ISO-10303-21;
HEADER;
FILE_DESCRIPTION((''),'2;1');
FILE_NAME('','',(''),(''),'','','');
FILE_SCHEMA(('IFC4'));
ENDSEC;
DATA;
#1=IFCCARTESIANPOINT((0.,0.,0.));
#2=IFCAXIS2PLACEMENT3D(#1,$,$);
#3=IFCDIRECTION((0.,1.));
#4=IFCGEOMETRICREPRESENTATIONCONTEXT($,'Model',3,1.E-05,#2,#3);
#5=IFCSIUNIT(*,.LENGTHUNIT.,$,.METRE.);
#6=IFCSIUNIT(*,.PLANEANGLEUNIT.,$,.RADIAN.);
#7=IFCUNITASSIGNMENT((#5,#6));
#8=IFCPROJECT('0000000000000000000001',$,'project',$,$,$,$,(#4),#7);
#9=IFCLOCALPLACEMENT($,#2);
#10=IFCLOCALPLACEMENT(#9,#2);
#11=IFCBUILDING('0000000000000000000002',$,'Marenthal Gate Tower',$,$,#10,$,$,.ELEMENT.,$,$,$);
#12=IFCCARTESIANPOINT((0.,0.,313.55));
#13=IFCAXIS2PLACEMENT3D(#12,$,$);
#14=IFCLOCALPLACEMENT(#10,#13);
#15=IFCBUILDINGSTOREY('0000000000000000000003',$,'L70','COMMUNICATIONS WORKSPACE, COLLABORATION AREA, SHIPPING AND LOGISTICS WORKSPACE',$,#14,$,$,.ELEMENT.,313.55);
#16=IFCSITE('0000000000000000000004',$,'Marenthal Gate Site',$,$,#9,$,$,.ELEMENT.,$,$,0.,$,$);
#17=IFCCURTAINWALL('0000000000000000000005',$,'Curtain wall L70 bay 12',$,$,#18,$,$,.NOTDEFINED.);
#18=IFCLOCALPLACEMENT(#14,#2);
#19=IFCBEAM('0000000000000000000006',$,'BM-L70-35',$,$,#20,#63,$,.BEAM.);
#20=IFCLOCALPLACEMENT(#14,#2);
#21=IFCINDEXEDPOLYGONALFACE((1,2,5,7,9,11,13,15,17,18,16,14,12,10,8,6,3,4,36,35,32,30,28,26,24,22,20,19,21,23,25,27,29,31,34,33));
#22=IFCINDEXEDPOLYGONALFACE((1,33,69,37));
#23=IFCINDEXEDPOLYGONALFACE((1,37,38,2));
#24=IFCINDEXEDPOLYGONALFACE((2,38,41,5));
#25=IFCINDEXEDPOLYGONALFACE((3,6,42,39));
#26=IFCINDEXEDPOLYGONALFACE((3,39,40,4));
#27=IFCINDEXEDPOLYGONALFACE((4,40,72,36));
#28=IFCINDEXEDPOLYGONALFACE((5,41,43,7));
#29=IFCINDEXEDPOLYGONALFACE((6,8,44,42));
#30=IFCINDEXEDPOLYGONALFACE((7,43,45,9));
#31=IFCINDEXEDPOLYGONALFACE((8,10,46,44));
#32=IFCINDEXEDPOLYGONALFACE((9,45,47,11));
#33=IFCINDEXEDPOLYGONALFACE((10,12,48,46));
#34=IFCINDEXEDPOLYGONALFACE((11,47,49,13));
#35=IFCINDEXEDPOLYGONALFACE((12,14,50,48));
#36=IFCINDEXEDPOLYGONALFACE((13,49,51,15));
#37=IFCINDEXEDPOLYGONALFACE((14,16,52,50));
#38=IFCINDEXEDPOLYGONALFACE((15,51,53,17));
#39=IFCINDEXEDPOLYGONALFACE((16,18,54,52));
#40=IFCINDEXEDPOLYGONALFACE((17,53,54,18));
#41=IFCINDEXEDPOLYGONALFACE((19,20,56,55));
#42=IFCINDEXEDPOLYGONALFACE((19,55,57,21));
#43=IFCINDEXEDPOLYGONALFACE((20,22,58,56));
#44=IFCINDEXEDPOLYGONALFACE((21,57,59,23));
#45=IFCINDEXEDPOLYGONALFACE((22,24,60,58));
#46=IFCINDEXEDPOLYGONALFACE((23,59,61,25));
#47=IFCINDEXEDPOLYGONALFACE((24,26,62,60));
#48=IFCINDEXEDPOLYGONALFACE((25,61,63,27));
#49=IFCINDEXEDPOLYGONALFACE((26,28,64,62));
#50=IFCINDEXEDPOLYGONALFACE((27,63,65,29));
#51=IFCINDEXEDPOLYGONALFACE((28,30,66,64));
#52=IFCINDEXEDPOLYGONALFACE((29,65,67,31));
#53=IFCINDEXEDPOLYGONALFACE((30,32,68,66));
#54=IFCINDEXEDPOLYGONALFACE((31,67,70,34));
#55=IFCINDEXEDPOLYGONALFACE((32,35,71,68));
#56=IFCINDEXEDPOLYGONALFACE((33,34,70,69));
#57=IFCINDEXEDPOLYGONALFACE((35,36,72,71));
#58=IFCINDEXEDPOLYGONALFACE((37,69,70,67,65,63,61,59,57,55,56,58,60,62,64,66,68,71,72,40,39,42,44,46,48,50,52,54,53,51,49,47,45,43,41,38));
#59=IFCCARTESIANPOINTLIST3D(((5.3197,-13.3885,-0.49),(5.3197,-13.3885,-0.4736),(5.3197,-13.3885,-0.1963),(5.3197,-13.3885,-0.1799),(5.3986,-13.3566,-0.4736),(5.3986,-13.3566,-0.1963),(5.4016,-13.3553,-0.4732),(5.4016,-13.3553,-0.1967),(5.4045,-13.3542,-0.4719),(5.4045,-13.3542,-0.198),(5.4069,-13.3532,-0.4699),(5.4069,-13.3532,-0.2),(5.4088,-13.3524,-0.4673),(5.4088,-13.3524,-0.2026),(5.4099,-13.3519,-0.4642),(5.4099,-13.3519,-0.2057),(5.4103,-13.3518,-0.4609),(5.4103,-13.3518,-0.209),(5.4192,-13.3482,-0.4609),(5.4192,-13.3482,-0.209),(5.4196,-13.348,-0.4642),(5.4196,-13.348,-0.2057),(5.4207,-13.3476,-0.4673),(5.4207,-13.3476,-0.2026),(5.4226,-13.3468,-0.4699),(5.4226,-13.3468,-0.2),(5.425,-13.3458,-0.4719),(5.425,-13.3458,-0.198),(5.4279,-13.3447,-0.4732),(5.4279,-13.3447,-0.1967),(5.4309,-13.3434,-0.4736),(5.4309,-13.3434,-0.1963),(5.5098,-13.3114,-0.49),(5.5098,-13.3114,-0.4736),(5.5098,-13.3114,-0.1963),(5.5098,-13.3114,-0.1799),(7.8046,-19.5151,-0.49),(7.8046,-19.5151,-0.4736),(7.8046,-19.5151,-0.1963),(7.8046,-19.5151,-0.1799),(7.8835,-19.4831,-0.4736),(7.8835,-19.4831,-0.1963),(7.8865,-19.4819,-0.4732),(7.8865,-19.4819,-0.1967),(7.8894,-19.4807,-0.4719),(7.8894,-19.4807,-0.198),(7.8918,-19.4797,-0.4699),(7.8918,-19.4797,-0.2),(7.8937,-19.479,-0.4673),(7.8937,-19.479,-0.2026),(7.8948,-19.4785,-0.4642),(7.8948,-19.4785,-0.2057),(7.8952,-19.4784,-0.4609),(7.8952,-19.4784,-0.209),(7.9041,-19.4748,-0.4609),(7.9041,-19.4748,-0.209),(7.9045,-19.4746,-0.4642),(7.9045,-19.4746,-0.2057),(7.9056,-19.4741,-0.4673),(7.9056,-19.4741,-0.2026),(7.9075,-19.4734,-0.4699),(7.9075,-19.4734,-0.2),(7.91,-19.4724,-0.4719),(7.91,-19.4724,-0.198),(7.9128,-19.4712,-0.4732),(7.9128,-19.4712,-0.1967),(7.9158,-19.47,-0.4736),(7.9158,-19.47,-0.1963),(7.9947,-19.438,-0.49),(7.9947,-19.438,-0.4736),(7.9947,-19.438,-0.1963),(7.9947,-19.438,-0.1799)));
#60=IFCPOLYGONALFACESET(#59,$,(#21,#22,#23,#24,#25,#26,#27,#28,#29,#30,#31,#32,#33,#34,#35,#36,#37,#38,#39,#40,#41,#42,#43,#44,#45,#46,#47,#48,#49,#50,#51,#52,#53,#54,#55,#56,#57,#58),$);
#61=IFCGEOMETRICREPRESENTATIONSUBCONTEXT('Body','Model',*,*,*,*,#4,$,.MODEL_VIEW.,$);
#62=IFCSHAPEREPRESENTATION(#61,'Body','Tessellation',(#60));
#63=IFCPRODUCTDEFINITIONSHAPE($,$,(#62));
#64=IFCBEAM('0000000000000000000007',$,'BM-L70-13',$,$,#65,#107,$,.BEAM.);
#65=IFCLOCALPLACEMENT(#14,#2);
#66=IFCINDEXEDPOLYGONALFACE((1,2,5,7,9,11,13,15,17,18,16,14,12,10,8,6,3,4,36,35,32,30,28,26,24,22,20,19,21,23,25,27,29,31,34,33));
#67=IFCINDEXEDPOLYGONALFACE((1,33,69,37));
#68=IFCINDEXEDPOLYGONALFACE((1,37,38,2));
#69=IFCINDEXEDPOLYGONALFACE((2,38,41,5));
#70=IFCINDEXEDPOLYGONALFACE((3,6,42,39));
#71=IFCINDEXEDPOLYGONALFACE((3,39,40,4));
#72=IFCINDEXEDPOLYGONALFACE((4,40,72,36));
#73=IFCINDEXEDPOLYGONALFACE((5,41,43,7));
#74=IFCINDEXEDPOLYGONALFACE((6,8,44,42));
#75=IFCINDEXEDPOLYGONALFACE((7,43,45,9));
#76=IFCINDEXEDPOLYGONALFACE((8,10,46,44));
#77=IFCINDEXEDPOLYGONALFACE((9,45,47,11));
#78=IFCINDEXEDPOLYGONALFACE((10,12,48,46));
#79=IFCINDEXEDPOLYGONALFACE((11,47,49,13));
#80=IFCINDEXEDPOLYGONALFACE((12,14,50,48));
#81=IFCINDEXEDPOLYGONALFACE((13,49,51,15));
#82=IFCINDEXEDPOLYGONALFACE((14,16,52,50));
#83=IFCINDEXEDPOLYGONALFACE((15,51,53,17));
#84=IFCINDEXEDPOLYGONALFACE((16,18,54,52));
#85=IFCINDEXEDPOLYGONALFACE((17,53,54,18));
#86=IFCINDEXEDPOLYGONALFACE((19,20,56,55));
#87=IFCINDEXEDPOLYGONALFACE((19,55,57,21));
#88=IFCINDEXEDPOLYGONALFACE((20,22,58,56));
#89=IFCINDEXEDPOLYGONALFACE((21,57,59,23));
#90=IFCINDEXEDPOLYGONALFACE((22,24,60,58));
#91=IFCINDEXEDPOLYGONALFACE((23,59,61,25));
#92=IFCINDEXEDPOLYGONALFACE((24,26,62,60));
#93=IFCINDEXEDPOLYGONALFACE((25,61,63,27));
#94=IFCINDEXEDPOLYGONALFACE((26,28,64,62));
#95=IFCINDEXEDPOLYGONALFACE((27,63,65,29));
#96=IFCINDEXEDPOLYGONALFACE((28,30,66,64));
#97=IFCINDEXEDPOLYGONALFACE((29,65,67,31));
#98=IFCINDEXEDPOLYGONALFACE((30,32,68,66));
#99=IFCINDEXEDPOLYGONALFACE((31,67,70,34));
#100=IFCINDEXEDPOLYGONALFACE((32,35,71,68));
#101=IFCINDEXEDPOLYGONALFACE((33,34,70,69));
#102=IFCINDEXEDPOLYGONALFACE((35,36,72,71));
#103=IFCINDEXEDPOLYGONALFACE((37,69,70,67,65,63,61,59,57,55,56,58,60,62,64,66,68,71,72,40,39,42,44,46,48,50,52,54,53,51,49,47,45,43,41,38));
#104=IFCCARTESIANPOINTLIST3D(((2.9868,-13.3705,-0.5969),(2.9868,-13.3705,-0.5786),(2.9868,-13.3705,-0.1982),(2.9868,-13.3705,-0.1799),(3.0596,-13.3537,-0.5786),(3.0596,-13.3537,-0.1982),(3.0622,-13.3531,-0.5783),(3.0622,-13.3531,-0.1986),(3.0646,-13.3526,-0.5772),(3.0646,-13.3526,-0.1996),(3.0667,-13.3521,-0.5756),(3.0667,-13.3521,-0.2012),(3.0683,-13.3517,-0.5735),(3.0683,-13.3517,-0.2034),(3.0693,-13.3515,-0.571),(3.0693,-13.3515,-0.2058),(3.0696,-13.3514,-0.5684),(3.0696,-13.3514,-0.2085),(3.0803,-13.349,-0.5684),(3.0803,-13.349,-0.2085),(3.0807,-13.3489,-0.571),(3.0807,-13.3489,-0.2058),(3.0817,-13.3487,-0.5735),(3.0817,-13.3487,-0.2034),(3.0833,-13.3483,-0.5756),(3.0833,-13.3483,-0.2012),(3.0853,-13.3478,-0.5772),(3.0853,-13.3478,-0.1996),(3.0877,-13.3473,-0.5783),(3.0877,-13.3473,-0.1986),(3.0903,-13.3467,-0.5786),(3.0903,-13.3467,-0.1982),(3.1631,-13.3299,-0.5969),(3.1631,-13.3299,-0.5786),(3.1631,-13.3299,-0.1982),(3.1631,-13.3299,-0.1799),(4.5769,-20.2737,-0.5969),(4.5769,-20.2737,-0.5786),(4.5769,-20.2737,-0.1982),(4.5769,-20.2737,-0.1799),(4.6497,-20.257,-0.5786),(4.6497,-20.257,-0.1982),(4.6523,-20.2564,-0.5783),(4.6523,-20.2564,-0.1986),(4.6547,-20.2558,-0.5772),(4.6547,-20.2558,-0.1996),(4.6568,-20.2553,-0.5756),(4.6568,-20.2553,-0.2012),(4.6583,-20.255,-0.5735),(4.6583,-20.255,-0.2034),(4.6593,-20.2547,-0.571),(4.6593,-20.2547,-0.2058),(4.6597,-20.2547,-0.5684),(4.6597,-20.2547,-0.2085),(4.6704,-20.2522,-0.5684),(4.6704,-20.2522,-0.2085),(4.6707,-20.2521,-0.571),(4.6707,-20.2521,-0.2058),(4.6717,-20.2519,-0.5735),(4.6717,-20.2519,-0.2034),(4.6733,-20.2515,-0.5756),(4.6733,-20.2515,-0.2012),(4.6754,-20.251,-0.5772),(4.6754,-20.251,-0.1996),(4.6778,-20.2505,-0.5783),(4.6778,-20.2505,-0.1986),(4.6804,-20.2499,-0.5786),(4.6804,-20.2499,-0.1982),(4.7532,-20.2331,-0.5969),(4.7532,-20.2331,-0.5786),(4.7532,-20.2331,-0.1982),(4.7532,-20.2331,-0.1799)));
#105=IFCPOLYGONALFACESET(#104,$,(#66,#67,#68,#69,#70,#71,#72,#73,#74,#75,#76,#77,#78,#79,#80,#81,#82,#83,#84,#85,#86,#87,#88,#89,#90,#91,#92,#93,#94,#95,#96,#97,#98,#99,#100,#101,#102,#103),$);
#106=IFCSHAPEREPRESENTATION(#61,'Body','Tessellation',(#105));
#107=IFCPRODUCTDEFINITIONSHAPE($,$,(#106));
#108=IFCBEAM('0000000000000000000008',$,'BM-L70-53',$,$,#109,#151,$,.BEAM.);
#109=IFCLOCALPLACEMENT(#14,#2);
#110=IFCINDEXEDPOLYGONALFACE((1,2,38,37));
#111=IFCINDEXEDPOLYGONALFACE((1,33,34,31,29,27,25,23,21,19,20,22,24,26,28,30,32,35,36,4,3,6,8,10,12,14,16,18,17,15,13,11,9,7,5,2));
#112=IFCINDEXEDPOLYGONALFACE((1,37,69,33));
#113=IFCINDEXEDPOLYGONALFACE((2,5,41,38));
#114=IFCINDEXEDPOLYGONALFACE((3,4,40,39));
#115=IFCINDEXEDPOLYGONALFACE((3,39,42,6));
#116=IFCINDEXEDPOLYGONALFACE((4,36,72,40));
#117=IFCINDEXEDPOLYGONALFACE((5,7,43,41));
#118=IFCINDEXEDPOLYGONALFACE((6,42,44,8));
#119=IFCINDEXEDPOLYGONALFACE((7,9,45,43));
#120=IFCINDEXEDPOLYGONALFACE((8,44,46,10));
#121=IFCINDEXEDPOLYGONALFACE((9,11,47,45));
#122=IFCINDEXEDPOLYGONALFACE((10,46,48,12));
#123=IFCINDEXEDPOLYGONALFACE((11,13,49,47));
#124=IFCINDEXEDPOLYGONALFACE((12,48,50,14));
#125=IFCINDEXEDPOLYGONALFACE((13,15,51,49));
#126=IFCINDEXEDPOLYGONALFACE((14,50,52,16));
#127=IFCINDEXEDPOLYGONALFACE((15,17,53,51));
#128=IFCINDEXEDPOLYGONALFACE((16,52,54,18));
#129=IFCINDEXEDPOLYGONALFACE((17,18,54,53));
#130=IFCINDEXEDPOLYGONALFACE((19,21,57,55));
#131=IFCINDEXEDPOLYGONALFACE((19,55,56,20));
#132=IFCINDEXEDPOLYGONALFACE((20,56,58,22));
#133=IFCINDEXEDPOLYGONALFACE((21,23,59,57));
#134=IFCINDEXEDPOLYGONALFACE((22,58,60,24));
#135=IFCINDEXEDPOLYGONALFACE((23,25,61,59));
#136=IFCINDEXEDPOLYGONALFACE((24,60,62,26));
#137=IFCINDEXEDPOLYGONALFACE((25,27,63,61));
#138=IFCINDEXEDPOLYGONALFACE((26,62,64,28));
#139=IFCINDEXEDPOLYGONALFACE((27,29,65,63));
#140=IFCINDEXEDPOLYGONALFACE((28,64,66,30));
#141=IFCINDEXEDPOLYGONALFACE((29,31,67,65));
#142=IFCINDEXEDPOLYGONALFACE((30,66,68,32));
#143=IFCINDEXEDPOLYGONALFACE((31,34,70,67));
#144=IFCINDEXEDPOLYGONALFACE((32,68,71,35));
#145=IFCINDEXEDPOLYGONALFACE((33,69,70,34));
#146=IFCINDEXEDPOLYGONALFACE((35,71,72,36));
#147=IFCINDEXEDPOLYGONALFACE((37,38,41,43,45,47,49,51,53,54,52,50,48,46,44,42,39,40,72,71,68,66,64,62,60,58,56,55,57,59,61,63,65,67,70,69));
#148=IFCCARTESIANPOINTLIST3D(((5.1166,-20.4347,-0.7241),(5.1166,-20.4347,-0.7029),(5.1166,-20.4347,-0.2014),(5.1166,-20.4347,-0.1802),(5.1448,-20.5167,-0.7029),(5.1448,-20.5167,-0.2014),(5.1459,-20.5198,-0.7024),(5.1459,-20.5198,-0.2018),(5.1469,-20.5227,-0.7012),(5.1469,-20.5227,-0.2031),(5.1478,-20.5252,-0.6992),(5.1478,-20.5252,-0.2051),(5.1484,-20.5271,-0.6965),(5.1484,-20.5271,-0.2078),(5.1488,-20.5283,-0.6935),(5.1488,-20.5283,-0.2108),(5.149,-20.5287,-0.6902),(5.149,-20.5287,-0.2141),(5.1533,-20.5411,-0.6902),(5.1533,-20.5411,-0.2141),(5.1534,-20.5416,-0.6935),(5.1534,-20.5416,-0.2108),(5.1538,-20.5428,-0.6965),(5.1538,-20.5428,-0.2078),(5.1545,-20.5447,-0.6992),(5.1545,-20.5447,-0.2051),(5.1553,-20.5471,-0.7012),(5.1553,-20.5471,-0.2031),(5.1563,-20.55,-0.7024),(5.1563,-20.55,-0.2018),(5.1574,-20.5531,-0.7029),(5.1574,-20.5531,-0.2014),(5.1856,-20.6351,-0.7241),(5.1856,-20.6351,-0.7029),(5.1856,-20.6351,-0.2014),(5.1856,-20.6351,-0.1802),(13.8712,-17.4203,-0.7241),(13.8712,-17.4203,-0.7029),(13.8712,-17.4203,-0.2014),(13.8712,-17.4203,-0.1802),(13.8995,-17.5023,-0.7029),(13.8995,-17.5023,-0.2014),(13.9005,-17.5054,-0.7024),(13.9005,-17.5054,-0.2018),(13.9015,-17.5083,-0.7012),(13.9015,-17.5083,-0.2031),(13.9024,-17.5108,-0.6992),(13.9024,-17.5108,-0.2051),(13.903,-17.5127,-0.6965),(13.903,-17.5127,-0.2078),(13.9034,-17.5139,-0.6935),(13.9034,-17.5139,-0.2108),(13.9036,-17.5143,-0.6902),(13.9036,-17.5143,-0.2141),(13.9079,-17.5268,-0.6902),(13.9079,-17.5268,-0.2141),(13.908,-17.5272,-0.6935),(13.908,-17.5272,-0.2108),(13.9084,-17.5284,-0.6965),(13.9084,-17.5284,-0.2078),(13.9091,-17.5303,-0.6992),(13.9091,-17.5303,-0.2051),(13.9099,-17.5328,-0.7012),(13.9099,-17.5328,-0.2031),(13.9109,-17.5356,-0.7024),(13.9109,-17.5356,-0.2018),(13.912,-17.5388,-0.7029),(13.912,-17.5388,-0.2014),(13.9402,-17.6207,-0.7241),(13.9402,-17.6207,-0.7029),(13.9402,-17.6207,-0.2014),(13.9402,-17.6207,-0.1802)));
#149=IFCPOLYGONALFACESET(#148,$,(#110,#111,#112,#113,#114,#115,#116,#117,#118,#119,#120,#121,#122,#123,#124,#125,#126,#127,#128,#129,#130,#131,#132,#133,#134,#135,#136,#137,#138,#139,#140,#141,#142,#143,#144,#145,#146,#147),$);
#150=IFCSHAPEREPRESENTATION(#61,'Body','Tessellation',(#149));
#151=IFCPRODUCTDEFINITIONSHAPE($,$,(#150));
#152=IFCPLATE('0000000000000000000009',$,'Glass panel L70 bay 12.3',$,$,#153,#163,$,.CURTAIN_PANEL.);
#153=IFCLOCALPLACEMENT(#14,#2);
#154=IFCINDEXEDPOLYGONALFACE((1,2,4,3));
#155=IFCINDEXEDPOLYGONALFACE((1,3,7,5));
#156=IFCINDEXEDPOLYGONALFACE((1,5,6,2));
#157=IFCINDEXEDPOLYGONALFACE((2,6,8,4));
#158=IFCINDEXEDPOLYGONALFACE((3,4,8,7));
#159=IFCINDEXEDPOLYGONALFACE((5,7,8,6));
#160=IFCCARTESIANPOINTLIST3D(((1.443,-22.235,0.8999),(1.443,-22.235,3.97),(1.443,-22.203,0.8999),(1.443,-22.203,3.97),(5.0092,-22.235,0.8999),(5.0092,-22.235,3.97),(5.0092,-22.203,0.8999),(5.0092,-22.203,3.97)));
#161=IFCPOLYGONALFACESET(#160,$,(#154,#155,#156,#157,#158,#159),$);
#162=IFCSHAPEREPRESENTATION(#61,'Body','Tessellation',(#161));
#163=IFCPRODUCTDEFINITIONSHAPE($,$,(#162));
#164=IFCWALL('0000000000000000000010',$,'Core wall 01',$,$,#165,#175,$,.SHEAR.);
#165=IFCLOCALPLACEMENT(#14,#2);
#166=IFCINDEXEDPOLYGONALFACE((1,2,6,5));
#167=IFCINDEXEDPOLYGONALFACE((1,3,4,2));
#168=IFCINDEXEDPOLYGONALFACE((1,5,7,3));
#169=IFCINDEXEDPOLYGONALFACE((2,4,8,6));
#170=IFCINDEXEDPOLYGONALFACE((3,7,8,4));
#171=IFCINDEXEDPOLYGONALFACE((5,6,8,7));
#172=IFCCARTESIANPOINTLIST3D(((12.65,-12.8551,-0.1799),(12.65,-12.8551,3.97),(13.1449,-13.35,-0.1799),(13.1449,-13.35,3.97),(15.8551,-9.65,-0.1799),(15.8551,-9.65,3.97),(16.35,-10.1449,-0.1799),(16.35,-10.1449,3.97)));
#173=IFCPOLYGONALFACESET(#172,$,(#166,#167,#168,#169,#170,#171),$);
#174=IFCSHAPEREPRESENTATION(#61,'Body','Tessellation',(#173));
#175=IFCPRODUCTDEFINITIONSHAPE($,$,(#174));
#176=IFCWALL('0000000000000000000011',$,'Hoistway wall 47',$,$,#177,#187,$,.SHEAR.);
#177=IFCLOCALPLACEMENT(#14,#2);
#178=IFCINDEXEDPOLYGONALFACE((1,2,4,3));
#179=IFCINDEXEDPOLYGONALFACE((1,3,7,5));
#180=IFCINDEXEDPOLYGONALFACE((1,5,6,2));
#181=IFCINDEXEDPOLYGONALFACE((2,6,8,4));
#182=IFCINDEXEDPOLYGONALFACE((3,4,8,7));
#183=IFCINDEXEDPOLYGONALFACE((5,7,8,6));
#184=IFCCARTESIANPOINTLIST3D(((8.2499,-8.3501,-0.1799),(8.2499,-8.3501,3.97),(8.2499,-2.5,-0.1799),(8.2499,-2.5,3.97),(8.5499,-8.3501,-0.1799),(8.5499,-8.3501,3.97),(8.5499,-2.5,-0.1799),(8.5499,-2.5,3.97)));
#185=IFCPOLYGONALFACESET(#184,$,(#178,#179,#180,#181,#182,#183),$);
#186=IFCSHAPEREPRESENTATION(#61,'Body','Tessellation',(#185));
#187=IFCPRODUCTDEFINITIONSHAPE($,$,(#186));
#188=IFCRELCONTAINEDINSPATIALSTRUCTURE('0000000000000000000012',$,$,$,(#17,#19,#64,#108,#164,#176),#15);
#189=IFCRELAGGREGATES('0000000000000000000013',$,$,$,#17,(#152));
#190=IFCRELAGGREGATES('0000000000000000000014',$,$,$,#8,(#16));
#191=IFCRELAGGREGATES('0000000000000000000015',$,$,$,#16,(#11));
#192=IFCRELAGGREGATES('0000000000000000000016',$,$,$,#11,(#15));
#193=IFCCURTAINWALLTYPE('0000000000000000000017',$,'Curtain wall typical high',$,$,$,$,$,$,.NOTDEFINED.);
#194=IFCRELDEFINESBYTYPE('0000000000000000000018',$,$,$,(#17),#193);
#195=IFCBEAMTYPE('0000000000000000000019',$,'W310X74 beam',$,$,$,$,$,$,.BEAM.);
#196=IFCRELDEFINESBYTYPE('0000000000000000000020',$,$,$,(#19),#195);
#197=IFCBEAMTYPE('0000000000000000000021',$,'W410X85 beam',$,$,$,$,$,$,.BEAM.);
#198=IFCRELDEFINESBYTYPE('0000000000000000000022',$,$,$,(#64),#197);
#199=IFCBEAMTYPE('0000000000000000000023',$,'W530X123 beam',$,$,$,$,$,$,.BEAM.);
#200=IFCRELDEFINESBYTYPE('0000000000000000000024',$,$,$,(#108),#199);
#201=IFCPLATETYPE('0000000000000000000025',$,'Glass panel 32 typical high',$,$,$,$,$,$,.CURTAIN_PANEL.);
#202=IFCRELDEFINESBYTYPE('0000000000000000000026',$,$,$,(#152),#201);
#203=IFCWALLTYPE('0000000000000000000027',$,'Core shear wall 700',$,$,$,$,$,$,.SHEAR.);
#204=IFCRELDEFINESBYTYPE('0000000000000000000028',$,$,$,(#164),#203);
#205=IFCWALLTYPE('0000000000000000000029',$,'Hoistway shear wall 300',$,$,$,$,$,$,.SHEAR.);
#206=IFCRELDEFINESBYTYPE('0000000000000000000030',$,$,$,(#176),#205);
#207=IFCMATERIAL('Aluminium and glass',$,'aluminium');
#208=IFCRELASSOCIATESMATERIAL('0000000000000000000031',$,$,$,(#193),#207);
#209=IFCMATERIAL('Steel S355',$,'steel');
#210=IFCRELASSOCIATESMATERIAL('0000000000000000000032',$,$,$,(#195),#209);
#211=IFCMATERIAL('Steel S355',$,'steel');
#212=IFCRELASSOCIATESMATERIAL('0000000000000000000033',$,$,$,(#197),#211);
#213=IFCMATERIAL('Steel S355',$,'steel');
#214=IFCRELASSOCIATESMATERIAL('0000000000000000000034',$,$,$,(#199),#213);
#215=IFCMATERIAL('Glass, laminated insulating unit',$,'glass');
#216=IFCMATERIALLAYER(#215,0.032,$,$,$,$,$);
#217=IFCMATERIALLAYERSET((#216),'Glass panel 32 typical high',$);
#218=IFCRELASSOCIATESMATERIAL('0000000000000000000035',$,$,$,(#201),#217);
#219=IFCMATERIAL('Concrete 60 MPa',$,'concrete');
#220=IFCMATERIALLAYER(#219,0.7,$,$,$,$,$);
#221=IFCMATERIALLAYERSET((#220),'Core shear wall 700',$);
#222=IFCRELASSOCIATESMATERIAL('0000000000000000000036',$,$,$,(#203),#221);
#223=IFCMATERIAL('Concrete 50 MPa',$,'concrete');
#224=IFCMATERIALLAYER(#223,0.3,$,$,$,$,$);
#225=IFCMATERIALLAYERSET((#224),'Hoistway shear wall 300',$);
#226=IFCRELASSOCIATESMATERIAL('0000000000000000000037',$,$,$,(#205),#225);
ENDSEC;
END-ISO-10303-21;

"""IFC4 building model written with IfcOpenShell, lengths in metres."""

from ifc_helpers import new_model, si_unit, direction, frame, frame_2d, origin, origin_2d, place, context, subcontext, project, spatial, rectangle, i_section, extrude, material, layer, layer_set, material_profile, profile_set, type_object, element, aggregate, save


model = new_model("IFC4")

# Units and contexts
model_context = context("Model", 3, precision=1e-05, world=origin(), true_north=direction((0.0, 1.0)))
body_context = subcontext(model_context, "Body", "Model", "MODEL_VIEW")
ifc_project = project(units=[si_unit("LENGTHUNIT", "METRE"), si_unit("PLANEANGLEUNIT", "RADIAN")], contexts=[model_context])

# Site, building, storey
site_placement = place(None, origin())
site = spatial("IfcSite", under=ifc_project, at=site_placement, Name="Marenthal Gate Site", CompositionType="ELEMENT", RefElevation=0.0)
building_placement = place(site_placement, origin())
building = spatial("IfcBuilding", under=site, at=building_placement, Name="Marenthal Gate Tower", CompositionType="ELEMENT")
storey_placement = place(building_placement, frame((0.0, 0.0, 313.55)))
storey = spatial("IfcBuildingStorey", under=building, at=storey_placement, Name="L70", Description="COMMUNICATIONS WORKSPACE, COLLABORATION AREA, SHIPPING AND LOGISTICS WORKSPACE", CompositionType="ELEMENT", Elevation=313.55)

# Curtain wall
ifc_material_1 = material(Name="Aluminium and glass", Category="aluminium")
curtain_wall_type = type_object("IfcCurtainWallType", Name="Curtain wall typical high", PredefinedType="NOTDEFINED", material=ifc_material_1)
curtain_wall_placement = place(storey_placement, origin())
curtain_wall = element("IfcCurtainWall", 1, at=curtain_wall_placement, inside=storey, type_object=curtain_wall_type, Name="Curtain wall L70 bay 12", PredefinedType="NOTDEFINED")

# Beams
ifc_material_2 = material(Name="Steel S355", Category="steel")
ifc_material_profile_1 = material_profile(ifc_material_2, i_section(OverallWidth=0.2051, OverallDepth=0.3101, WebThickness=0.0095, FlangeThickness=0.0164, FilletRadius=0.0127, at=origin_2d()), Name="W310X74")
ifc_profile_set_1 = profile_set([ifc_material_profile_1], Name="Steel S355")
beam_type_1 = type_object("IfcBeamType", Name="W310X74 beam", PredefinedType="BEAM", material=ifc_profile_set_1)
beam_1_placement = place(storey_placement, frame((7.8997, -19.4766, -0.335), z_axis=(-0.375856, 0.926678, 0.0), x_axis=(-0.926678, -0.375856, 0.0)))
element("IfcBeam", 2, at=beam_1_placement, inside=storey, type_object=beam_type_1, Name="BM-L70-35", PredefinedType="BEAM", context=body_context, shape_type="SweptSolid", body=[
    extrude(i_section(OverallWidth=0.2051, OverallDepth=0.3101, WebThickness=0.0095, FlangeThickness=0.0164, FilletRadius=0.0127, at=origin_2d()), origin(), (0.0, 0.0, 1.0), 6.6113),
])
ifc_material_3 = material(Name="Steel S355", Category="steel")
ifc_material_profile_2 = material_profile(ifc_material_3, i_section(OverallWidth=0.1809, OverallDepth=0.417, WebThickness=0.011, FlangeThickness=0.0183, FilletRadius=0.0103, at=origin_2d()), Name="W410X85")
ifc_profile_set_2 = profile_set([ifc_material_profile_2], Name="Steel S355")
beam_type_2 = type_object("IfcBeamType", Name="W410X85 beam", PredefinedType="BEAM", material=ifc_profile_set_2)
beam_2_placement = place(storey_placement, frame((4.665, -20.2534, -0.3884), z_axis=(-0.224459, 0.974483, 0.0), x_axis=(-0.974483, -0.224459, 0.0)))
element("IfcBeam", 3, at=beam_2_placement, inside=storey, type_object=beam_type_2, Name="BM-L70-13", PredefinedType="BEAM", context=body_context, shape_type="SweptSolid", body=[
    extrude(i_section(OverallWidth=0.1809, OverallDepth=0.417, WebThickness=0.011, FlangeThickness=0.0183, FilletRadius=0.0103, at=origin_2d()), origin(), (0.0, 0.0, 1.0), 7.084),
])
ifc_material_4 = material(Name="Steel S355", Category="steel")
ifc_material_profile_3 = material_profile(ifc_material_4, i_section(OverallWidth=0.2119, OverallDepth=0.5439, WebThickness=0.0132, FlangeThickness=0.0212, FilletRadius=0.0127, at=origin_2d()), Name="W530X123")
ifc_profile_set_3 = profile_set([ifc_material_profile_3], Name="Steel S355")
beam_type_3 = type_object("IfcBeamType", Name="W530X123 beam", PredefinedType="BEAM", material=ifc_profile_set_3)
beam_3_placement = place(storey_placement, frame((5.1511, -20.5349, -0.4521), z_axis=(0.945521, 0.325562, 0.0), x_axis=(-0.325562, 0.945521, 0.0)))
element("IfcBeam", 4, at=beam_3_placement, inside=storey, type_object=beam_type_3, Name="BM-L70-53", PredefinedType="BEAM", context=body_context, shape_type="SweptSolid", body=[
    extrude(i_section(OverallWidth=0.2119, OverallDepth=0.5439, WebThickness=0.0132, FlangeThickness=0.0212, FilletRadius=0.0127, at=origin_2d()), origin(), (0.0, 0.0, 1.0), 9.259),
])

# Plate
ifc_material_5 = material(Name="Glass, laminated insulating unit", Category="glass")
ifc_layer_1 = layer(ifc_material_5, 0.032)
ifc_layer_set_1 = layer_set([ifc_layer_1], Name="Glass panel 32 typical high")
plate_type = type_object("IfcPlateType", Name="Glass panel 32 typical high", PredefinedType="CURTAIN_PANEL", material=ifc_layer_set_1)
plate_placement = place(storey_placement, frame((3.2261, -22.219, 0.8999), z_axis=(0.0, 0.0, 1.0), x_axis=(1.0, 0.0, 0.0)))
plate = element("IfcPlate", 5, at=plate_placement, type_object=plate_type, Name="Glass panel L70 bay 12.3", PredefinedType="CURTAIN_PANEL", context=body_context, shape_type="SweptSolid", body=[
    extrude(rectangle(XDim=3.5662, YDim=0.032, at=origin_2d()), origin(), (0.0, 0.0, 1.0), 3.0701),
])
aggregate(curtain_wall, [plate])

# Walls
ifc_material_6 = material(Name="Concrete 60 MPa", Category="concrete")
ifc_layer_2 = layer(ifc_material_6, 0.7)
ifc_layer_set_2 = layer_set([ifc_layer_2], Name="Core shear wall 700")
wall_type_1 = type_object("IfcWallType", Name="Core shear wall 700", PredefinedType="SHEAR", material=ifc_layer_set_2)
wall_1_placement = place(storey_placement, frame((12.8975, -13.1025, -0.1799), z_axis=(0.0, 0.0, 1.0), x_axis=(0.707107, 0.707107, 0.0)))
element("IfcWall", 6, at=wall_1_placement, inside=storey, type_object=wall_type_1, Name="Core wall 01", PredefinedType="SHEAR", context=body_context, shape_type="SweptSolid", body=[
    extrude(rectangle(XDim=4.5327, YDim=0.7, at=frame_2d((2.2664, 0.0))), origin(), (0.0, 0.0, 1.0), 4.1499),
])
ifc_material_7 = material(Name="Concrete 50 MPa", Category="concrete")
ifc_layer_3 = layer(ifc_material_7, 0.3)
ifc_layer_set_3 = layer_set([ifc_layer_3], Name="Hoistway shear wall 300")
wall_type_2 = type_object("IfcWallType", Name="Hoistway shear wall 300", PredefinedType="SHEAR", material=ifc_layer_set_3)
wall_2_placement = place(storey_placement, frame((8.3999, -8.3501, -0.1799), z_axis=(0.0, 0.0, 1.0), x_axis=(0.0, 1.0, 0.0)))
element("IfcWall", 7, at=wall_2_placement, inside=storey, type_object=wall_type_2, Name="Hoistway wall 47", PredefinedType="SHEAR", context=body_context, shape_type="SweptSolid", body=[
    extrude(rectangle(XDim=5.8501, YDim=0.3, at=frame_2d((2.925, 0.0))), origin(), (0.0, 0.0, 1.0), 4.1499),
])

save(model, "model.ifc")
